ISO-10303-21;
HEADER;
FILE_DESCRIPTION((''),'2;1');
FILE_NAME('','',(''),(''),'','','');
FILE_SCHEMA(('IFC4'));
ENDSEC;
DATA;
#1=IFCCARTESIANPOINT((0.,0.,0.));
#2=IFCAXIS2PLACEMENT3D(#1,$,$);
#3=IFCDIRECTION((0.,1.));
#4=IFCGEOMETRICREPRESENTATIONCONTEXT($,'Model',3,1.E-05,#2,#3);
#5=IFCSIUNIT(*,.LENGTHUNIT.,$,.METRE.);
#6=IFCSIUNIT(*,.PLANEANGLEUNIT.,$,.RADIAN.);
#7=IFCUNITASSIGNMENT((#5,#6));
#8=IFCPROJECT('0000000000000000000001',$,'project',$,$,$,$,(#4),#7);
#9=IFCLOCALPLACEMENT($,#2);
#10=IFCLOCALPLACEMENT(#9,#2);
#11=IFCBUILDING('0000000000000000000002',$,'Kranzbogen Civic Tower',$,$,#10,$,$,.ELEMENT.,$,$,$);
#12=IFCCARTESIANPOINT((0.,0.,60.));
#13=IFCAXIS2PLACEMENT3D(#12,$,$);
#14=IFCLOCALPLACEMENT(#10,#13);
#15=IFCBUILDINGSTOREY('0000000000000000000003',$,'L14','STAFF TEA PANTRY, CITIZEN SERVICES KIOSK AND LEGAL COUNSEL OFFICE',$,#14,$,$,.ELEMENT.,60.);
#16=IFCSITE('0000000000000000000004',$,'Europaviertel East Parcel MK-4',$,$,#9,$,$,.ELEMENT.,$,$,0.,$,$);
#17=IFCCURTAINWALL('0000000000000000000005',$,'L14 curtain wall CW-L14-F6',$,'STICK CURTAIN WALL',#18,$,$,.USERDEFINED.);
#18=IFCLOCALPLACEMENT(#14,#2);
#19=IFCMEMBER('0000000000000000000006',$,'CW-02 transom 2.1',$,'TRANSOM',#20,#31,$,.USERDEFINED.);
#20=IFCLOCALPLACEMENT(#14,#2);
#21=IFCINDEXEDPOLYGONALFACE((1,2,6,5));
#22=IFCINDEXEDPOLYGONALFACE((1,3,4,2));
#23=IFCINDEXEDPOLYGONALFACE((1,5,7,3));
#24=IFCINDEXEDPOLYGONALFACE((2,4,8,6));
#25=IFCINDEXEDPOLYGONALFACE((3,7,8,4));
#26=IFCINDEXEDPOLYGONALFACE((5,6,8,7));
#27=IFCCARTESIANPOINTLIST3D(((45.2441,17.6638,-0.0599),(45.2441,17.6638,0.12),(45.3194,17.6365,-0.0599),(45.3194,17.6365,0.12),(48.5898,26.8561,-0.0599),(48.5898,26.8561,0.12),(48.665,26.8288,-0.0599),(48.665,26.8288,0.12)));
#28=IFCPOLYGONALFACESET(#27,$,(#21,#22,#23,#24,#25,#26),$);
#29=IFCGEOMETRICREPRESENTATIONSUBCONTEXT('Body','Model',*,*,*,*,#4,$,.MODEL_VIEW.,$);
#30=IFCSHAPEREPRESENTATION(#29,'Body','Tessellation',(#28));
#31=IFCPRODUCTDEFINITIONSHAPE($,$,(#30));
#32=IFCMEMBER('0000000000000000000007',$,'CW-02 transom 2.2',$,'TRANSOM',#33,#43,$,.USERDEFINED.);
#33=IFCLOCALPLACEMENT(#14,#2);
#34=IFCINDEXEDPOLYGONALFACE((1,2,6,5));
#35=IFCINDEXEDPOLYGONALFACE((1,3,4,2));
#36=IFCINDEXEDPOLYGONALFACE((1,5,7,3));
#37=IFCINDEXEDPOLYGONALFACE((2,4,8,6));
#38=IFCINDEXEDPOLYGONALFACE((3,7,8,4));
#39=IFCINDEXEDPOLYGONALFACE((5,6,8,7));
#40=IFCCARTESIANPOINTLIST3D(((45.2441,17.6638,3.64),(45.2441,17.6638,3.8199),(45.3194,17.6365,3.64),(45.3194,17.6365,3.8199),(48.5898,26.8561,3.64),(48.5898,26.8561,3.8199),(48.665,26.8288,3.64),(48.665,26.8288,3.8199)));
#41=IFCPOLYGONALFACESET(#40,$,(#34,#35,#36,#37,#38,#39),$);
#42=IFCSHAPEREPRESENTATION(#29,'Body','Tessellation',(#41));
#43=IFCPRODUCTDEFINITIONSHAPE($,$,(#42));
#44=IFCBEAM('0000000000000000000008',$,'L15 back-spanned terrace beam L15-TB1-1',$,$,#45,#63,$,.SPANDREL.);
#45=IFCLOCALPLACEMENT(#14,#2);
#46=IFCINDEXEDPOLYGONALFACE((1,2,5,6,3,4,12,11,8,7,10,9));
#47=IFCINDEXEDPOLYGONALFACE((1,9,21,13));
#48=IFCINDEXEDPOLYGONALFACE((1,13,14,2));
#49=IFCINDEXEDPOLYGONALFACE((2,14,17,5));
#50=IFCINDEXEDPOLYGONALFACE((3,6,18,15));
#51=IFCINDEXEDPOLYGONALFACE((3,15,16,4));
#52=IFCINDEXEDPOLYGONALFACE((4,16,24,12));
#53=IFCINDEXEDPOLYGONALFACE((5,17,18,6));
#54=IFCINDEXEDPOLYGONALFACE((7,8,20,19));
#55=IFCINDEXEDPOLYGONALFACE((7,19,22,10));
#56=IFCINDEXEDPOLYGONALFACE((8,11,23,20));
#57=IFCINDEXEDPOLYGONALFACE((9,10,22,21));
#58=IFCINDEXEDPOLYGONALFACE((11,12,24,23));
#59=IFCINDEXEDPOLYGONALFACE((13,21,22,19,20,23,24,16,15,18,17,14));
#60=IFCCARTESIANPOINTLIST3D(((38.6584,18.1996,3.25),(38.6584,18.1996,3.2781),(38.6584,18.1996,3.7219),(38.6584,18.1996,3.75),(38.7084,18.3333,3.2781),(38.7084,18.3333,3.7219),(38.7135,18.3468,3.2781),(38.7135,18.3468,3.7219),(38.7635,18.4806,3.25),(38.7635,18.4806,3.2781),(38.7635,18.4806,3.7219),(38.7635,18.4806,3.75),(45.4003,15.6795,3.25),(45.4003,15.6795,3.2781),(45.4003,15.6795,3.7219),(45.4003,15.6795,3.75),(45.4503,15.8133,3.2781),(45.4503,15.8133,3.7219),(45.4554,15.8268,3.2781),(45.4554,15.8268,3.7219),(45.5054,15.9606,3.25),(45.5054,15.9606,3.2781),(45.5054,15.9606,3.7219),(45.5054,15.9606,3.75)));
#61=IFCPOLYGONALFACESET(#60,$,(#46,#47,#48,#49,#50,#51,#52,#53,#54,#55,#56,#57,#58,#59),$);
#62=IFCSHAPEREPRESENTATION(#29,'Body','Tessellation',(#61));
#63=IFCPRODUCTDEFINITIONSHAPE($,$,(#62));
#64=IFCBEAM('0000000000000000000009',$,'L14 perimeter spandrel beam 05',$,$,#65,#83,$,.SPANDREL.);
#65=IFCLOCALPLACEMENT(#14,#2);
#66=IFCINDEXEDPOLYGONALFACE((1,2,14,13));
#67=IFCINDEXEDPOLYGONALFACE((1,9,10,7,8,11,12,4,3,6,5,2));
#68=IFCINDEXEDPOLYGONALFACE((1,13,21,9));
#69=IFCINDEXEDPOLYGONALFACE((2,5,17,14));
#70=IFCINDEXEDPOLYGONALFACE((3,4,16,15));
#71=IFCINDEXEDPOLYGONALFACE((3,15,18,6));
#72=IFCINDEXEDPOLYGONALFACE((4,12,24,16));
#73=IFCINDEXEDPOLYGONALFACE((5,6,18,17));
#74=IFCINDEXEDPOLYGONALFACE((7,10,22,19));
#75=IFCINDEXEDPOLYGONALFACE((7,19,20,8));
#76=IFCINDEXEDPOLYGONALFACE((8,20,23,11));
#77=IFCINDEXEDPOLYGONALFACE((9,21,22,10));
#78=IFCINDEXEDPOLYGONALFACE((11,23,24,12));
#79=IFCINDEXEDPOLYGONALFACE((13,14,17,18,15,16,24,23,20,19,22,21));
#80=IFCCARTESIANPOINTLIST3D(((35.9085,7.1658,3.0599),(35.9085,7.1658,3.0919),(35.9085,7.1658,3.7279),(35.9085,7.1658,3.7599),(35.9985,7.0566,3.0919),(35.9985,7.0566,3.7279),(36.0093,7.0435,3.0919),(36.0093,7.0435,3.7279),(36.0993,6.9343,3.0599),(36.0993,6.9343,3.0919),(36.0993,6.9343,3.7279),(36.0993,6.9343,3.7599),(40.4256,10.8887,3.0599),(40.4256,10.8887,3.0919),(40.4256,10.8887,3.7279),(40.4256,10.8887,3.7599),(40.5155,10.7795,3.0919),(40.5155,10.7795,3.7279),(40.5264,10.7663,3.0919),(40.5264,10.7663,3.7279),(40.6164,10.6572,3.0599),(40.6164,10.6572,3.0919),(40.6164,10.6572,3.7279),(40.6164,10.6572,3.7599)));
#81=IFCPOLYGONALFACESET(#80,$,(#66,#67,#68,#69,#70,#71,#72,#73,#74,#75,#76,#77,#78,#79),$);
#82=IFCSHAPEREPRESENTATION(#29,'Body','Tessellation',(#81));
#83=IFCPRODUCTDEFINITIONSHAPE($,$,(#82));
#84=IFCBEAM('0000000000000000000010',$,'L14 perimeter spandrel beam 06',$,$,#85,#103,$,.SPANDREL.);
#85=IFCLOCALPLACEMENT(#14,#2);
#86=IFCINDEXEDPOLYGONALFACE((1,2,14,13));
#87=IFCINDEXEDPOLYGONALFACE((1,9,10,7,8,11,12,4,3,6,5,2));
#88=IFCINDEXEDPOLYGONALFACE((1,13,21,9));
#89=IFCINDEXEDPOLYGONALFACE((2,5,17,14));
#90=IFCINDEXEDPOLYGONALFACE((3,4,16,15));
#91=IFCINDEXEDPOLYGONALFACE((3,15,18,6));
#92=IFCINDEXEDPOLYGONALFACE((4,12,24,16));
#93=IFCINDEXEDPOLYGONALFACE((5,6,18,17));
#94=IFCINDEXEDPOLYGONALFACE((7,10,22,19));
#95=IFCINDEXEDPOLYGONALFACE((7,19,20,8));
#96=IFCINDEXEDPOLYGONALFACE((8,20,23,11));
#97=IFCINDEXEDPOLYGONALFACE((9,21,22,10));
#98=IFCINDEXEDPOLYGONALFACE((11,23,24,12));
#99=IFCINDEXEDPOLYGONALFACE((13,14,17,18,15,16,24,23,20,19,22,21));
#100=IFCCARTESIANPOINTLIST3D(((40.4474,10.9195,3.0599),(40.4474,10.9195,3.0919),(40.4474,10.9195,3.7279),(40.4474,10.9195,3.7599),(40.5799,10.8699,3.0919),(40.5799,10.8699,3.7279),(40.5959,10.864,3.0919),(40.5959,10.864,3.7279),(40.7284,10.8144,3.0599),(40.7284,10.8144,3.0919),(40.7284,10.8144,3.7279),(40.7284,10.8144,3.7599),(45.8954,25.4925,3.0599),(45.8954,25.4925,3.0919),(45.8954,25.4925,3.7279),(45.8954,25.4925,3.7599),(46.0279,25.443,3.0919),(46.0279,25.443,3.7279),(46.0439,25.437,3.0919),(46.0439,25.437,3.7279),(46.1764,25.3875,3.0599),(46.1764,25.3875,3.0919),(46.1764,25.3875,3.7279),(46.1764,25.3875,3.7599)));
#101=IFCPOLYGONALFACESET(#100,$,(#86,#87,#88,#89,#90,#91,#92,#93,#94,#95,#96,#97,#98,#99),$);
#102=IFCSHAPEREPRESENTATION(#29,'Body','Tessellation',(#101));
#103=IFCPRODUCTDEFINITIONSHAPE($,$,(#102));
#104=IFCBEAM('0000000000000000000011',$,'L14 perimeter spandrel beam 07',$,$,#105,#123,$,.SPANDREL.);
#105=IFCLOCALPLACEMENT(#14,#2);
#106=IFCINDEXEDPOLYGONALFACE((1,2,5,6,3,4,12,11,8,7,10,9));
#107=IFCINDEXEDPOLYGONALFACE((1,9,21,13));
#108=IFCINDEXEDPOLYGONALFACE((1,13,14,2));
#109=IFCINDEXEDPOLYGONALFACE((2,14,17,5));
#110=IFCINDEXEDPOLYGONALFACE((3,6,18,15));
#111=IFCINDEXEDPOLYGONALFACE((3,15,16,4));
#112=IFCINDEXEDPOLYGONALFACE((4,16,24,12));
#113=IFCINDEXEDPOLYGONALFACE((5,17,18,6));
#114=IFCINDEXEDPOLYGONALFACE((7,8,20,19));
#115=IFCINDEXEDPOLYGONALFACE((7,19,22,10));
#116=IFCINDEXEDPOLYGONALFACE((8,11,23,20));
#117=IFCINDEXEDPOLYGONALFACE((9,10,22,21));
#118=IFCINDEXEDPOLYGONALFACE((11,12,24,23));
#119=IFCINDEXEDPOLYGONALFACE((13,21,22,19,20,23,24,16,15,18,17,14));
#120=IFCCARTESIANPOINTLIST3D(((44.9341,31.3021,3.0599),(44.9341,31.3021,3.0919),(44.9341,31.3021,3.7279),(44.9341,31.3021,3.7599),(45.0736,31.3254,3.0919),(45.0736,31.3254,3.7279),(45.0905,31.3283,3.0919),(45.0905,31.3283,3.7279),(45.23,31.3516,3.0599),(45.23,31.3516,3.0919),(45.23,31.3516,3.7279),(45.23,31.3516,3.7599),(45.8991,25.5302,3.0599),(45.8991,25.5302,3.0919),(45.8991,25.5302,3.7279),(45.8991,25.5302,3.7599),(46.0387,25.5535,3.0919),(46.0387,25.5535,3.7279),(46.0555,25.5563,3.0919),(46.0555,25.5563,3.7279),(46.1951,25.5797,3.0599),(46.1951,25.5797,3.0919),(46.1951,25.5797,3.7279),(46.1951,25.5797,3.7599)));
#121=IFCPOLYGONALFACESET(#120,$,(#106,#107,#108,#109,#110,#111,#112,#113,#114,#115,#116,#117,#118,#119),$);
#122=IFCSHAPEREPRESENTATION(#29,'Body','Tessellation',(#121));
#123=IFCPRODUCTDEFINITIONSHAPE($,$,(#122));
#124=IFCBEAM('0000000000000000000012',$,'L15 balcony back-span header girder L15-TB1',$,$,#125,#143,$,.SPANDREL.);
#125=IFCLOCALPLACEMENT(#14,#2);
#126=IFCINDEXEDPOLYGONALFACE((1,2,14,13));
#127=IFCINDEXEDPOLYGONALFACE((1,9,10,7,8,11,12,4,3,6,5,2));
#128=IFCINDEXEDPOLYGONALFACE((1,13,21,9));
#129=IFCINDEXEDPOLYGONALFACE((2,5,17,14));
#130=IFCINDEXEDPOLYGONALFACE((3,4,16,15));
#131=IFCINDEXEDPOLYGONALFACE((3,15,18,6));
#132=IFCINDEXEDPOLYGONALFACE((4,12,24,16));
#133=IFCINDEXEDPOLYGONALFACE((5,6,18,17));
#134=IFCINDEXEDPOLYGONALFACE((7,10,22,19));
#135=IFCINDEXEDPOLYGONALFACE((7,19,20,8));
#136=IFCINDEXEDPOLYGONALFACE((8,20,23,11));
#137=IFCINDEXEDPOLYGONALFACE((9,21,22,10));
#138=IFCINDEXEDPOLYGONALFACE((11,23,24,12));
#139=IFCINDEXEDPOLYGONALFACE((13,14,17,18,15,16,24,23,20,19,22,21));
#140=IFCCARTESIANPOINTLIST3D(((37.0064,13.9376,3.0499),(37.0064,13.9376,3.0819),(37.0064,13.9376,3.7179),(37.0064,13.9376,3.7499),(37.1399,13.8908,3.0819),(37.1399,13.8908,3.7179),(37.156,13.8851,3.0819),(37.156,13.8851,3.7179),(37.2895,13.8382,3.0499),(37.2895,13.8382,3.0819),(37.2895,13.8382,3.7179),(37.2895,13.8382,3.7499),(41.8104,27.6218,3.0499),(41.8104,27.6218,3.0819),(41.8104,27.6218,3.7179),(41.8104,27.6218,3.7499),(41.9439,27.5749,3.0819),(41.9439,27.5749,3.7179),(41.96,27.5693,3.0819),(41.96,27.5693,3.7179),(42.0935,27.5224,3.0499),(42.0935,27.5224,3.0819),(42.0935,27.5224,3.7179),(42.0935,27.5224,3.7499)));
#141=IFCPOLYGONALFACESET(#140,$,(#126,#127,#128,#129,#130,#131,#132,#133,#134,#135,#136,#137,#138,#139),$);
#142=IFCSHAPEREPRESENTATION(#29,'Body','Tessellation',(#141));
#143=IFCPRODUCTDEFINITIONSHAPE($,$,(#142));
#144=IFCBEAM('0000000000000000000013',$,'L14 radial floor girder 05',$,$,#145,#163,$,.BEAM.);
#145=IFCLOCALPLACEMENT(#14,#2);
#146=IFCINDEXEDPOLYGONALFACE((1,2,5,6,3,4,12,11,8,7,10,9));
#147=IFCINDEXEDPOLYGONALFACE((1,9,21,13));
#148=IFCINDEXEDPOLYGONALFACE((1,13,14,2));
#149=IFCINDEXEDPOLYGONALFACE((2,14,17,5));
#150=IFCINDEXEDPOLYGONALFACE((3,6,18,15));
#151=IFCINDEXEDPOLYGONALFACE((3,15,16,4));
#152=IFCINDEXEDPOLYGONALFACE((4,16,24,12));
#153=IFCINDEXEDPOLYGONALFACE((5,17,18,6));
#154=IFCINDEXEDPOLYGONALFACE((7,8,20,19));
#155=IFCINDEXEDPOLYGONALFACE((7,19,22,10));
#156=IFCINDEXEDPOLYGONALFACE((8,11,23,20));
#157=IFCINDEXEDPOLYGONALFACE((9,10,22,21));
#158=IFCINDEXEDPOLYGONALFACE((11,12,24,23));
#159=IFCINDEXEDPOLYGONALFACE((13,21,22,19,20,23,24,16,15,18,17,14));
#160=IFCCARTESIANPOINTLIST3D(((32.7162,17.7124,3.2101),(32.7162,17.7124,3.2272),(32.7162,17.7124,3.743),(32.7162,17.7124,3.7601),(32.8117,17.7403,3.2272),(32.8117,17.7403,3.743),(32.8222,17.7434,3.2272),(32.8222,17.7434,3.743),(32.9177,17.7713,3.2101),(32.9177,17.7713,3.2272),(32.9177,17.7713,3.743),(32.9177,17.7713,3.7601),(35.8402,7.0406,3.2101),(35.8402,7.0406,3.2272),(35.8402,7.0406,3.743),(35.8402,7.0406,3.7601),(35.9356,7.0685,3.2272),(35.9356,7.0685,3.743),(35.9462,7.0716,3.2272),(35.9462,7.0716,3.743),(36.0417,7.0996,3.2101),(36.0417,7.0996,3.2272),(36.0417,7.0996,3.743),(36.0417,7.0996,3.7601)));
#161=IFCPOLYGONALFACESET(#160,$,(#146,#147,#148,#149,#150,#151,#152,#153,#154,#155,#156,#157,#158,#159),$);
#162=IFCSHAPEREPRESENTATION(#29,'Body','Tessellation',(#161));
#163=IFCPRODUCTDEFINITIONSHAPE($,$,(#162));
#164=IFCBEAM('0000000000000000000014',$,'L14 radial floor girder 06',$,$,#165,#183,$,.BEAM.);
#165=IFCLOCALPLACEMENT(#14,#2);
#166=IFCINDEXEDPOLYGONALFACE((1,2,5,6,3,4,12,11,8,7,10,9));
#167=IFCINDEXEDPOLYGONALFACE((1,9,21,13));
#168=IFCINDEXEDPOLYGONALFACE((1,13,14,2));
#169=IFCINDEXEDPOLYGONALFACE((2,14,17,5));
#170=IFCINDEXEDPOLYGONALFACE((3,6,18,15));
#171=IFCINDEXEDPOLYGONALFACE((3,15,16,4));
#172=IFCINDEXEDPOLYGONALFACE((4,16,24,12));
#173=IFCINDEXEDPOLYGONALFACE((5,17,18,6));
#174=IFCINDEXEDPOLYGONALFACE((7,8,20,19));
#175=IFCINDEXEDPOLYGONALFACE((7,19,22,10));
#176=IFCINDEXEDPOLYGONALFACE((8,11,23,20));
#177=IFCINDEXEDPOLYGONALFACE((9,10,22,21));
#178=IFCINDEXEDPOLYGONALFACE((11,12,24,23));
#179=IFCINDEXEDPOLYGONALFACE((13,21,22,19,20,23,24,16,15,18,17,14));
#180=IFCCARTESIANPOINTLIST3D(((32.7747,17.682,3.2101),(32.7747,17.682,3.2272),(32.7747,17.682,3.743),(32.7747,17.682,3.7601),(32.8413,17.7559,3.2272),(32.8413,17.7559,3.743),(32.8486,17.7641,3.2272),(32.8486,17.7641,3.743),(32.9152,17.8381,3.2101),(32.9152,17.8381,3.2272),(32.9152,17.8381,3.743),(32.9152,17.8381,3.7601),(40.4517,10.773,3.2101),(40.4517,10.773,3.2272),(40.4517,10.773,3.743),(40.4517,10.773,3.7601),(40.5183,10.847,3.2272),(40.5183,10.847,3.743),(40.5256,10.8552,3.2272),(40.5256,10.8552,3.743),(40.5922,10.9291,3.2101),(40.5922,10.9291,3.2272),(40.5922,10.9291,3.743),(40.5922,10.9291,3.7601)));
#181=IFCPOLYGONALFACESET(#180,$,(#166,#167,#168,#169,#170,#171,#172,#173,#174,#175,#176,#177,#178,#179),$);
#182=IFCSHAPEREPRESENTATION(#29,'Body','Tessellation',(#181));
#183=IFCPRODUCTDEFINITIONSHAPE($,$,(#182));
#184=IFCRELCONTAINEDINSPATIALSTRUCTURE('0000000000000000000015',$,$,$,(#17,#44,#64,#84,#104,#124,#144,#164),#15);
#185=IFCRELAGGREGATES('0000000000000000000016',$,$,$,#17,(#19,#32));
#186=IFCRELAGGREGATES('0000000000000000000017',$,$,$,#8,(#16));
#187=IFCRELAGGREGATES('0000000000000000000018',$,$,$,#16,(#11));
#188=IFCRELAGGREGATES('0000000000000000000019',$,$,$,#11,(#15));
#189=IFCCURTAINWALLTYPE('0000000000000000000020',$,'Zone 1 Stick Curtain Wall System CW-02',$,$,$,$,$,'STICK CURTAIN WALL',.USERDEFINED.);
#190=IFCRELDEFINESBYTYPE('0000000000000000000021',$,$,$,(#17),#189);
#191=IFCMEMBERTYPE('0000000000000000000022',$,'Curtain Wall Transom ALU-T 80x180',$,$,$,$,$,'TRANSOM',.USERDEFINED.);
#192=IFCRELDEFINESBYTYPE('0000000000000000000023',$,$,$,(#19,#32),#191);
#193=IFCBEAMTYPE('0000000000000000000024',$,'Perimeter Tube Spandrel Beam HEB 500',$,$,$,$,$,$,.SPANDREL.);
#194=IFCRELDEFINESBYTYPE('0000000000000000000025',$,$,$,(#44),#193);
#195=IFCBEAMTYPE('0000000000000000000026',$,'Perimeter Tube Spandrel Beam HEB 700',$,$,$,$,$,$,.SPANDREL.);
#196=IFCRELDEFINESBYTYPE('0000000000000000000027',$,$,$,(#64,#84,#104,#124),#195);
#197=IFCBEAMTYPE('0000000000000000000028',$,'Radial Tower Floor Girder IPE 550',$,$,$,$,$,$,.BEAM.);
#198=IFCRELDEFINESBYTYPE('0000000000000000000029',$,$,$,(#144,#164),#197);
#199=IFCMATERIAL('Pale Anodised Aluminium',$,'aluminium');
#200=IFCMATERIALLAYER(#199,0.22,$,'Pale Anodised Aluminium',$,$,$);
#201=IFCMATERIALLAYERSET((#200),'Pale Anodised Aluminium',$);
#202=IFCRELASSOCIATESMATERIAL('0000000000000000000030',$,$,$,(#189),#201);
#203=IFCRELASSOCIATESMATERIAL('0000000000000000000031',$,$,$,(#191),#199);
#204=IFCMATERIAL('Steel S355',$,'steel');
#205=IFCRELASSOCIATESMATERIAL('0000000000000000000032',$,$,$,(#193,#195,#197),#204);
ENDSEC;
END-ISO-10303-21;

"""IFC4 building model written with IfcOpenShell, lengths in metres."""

from ifc_helpers import new_model, si_unit, direction, frame, origin, origin_2d, place, context, subcontext, project, spatial, rectangle, i_section, extrude, material, layer, layer_set, material_profile, profile_set, type_object, element, aggregate, save


model = new_model("IFC4")

# Units and contexts
model_context = context("Model", 3, precision=1e-05, world=origin(), true_north=direction((0.0, 1.0)))
body_context = subcontext(model_context, "Body", "Model", "MODEL_VIEW")
ifc_project = project(units=[si_unit("LENGTHUNIT", "METRE"), si_unit("PLANEANGLEUNIT", "RADIAN")], contexts=[model_context])

# Site, building, storey
site_placement = place(None, origin())
site = spatial("IfcSite", under=ifc_project, at=site_placement, Name="Europaviertel East Parcel MK-4", CompositionType="ELEMENT", RefElevation=0.0)
building_placement = place(site_placement, origin())
building = spatial("IfcBuilding", under=site, at=building_placement, Name="Kranzbogen Civic Tower", CompositionType="ELEMENT")
storey_placement = place(building_placement, frame((0.0, 0.0, 60.0)))
storey = spatial("IfcBuildingStorey", under=building, at=storey_placement, Name="L14", Description="STAFF TEA PANTRY, CITIZEN SERVICES KIOSK AND LEGAL COUNSEL OFFICE", CompositionType="ELEMENT", Elevation=60.0)

# Shared definitions
ifc_material_1 = material(Name="Steel S355", Category="steel")

# Shared definitions
ifc_material_2 = material(Name="Pale Anodised Aluminium", Category="aluminium")
ifc_layer_1 = layer(ifc_material_2, 0.22, Name="Pale Anodised Aluminium")
ifc_layer_set_1 = layer_set([ifc_layer_1], Name="Pale Anodised Aluminium")
curtain_wall_type = type_object("IfcCurtainWallType", Name="Zone 1 Stick Curtain Wall System CW-02", ElementType="STICK CURTAIN WALL", PredefinedType="USERDEFINED", material=ifc_layer_set_1)

# Curtain wall, members
curtain_wall_1_placement = place(storey_placement, origin())
curtain_wall_1 = element("IfcCurtainWall", 1, at=curtain_wall_1_placement, inside=storey, type_object=curtain_wall_type, Name="L14 curtain wall CW-L14-F6", ObjectType="STICK CURTAIN WALL", PredefinedType="USERDEFINED")
ifc_material_profile_1 = material_profile(ifc_material_2, rectangle(XDim=0.0801, YDim=0.1799, at=origin_2d()), Name="ALU-T 80x180")
ifc_profile_set_1 = profile_set([ifc_material_profile_1], Name="Pale Anodised Aluminium")
member_type_1 = type_object("IfcMemberType", Name="Curtain Wall Transom ALU-T 80x180", ElementType="TRANSOM", PredefinedType="USERDEFINED", material=ifc_profile_set_1)
member_1_placement = place(storey_placement, frame((45.2817, 17.6501, 0.03), z_axis=(0.342016, 0.939694, 0.0), x_axis=(-0.939694, 0.342016, 0.0)))
member_1 = element("IfcMember", 2, at=member_1_placement, type_object=member_type_1, Name="CW-02 transom 2.1", ObjectType="TRANSOM", PredefinedType="USERDEFINED", context=body_context, shape_type="SweptSolid", body=[
    extrude(rectangle(XDim=0.0801, YDim=0.1799, at=origin_2d()), origin(), (0.0, 0.0, 1.0), 9.7822),
])
member_2_placement = place(storey_placement, frame((45.2817, 17.6501, 3.73), z_axis=(0.342016, 0.939694, 0.0), x_axis=(-0.939694, 0.342016, 0.0)))
member_2 = element("IfcMember", 3, at=member_2_placement, type_object=member_type_1, Name="CW-02 transom 2.2", ObjectType="TRANSOM", PredefinedType="USERDEFINED", context=body_context, shape_type="SweptSolid", body=[
    extrude(rectangle(XDim=0.0801, YDim=0.1799, at=origin_2d()), origin(), (0.0, 0.0, 1.0), 9.7822),
])

# Beams
ifc_material_profile_2 = material_profile(ifc_material_1, i_section(OverallWidth=0.3, OverallDepth=0.5, WebThickness=0.0144, FlangeThickness=0.0281, at=origin_2d()), Name="HEB 500")
ifc_profile_set_2 = profile_set([ifc_material_profile_2], Name="Steel S355")
beam_type_1 = type_object("IfcBeamType", Name="Perimeter Tube Spandrel Beam HEB 500", PredefinedType="SPANDREL", material=ifc_profile_set_2)
beam_1_placement = place(storey_placement, frame((38.7109, 18.3401, 3.5), z_axis=(0.936704, -0.350123, 0.0), x_axis=(0.350123, 0.936704, 0.0)))
element("IfcBeam", 4, at=beam_1_placement, inside=storey, type_object=beam_type_1, Name="L15 back-spanned terrace beam L15-TB1-1", PredefinedType="SPANDREL", context=body_context, shape_type="SweptSolid", body=[
    extrude(i_section(OverallWidth=0.3, OverallDepth=0.5, WebThickness=0.0144, FlangeThickness=0.0281, at=origin_2d()), origin(), (0.0, 0.0, 1.0), 7.1975),
])
ifc_material_profile_3 = material_profile(ifc_material_1, i_section(OverallWidth=0.3, OverallDepth=0.7, WebThickness=0.0171, FlangeThickness=0.032, at=origin_2d()), Name="HEB 700")
ifc_profile_set_3 = profile_set([ifc_material_profile_3], Name="Steel S355")
beam_type_2 = type_object("IfcBeamType", Name="Perimeter Tube Spandrel Beam HEB 700", PredefinedType="SPANDREL", material=ifc_profile_set_3)
beam_2_placement = place(storey_placement, frame((36.0039, 7.05, 3.4099), z_axis=(0.771683, 0.636007, 0.0), x_axis=(-0.636007, 0.771683, 0.0)))
element("IfcBeam", 5, at=beam_2_placement, inside=storey, type_object=beam_type_2, Name="L14 perimeter spandrel beam 05", PredefinedType="SPANDREL", context=body_context, shape_type="SweptSolid", body=[
    extrude(i_section(OverallWidth=0.3, OverallDepth=0.7, WebThickness=0.0171, FlangeThickness=0.032, at=origin_2d()), origin(), (0.0, 0.0, 1.0), 5.8535),
])
beam_3_placement = place(storey_placement, frame((40.5879, 10.8669, 3.4099), z_axis=(0.350172, 0.936685, 0.0), x_axis=(-0.936685, 0.350172, 0.0)))
element("IfcBeam", 6, at=beam_3_placement, inside=storey, type_object=beam_type_2, Name="L14 perimeter spandrel beam 06", PredefinedType="SPANDREL", context=body_context, shape_type="SweptSolid", body=[
    extrude(i_section(OverallWidth=0.3, OverallDepth=0.7, WebThickness=0.0171, FlangeThickness=0.032, at=origin_2d()), origin(), (0.0, 0.0, 1.0), 15.5581),
])
beam_4_placement = place(storey_placement, frame((46.0471, 25.5549, 3.4099), z_axis=(-0.164913, 0.986308, 0.0), x_axis=(-0.986308, -0.164913, 0.0)))
element("IfcBeam", 7, at=beam_4_placement, inside=storey, type_object=beam_type_2, Name="L14 perimeter spandrel beam 07", PredefinedType="SPANDREL", context=body_context, shape_type="SweptSolid", body=[
    extrude(i_section(OverallWidth=0.3, OverallDepth=0.7, WebThickness=0.0171, FlangeThickness=0.032, at=origin_2d()), origin(), (0.0, 0.0, 1.0), 5.8521),
])
beam_5_placement = place(storey_placement, frame((37.1479, 13.8879, 3.3999), z_axis=(0.331243, 0.943546, 0.0), x_axis=(-0.943546, 0.331243, 0.0)))
element("IfcBeam", 8, at=beam_5_placement, inside=storey, type_object=beam_type_2, Name="L15 balcony back-span header girder L15-TB1", PredefinedType="SPANDREL", context=body_context, shape_type="SweptSolid", body=[
    extrude(i_section(OverallWidth=0.3, OverallDepth=0.7, WebThickness=0.0171, FlangeThickness=0.032, at=origin_2d()), origin(), (0.0, 0.0, 1.0), 14.5029),
])
ifc_material_profile_4 = material_profile(ifc_material_1, i_section(OverallWidth=0.21, OverallDepth=0.55, WebThickness=0.011, FlangeThickness=0.0171, at=origin_2d()), Name="IPE 550")
ifc_profile_set_4 = profile_set([ifc_material_profile_4], Name="Steel S355")
beam_type_3 = type_object("IfcBeamType", Name="Radial Tower Floor Girder IPE 550", PredefinedType="BEAM", material=ifc_profile_set_4)
beam_6_placement = place(storey_placement, frame((35.9409, 7.0701, 3.4851), z_axis=(-0.280944, 0.959724, 0.0), x_axis=(-0.959724, -0.280944, 0.0)))
element("IfcBeam", 9, at=beam_6_placement, inside=storey, type_object=beam_type_3, Name="L14 radial floor girder 05", PredefinedType="BEAM", context=body_context, shape_type="SweptSolid", body=[
    extrude(i_section(OverallWidth=0.21, OverallDepth=0.55, WebThickness=0.011, FlangeThickness=0.0171, at=origin_2d()), origin(), (0.0, 0.0, 1.0), 11.1196),
])
beam_7_placement = place(storey_placement, frame((40.522, 10.8511, 3.4851), z_axis=(-0.743312, 0.668945, 0.0), x_axis=(-0.668945, -0.743312, 0.0)))
element("IfcBeam", 10, at=beam_7_placement, inside=storey, type_object=beam_type_3, Name="L14 radial floor girder 06", PredefinedType="BEAM", context=body_context, shape_type="SweptSolid", body=[
    extrude(i_section(OverallWidth=0.21, OverallDepth=0.55, WebThickness=0.011, FlangeThickness=0.0171, at=origin_2d()), origin(), (0.0, 0.0, 1.0), 10.3281),
])

aggregate(curtain_wall_1, [member_1, member_2])

save(model, "model.ifc")
